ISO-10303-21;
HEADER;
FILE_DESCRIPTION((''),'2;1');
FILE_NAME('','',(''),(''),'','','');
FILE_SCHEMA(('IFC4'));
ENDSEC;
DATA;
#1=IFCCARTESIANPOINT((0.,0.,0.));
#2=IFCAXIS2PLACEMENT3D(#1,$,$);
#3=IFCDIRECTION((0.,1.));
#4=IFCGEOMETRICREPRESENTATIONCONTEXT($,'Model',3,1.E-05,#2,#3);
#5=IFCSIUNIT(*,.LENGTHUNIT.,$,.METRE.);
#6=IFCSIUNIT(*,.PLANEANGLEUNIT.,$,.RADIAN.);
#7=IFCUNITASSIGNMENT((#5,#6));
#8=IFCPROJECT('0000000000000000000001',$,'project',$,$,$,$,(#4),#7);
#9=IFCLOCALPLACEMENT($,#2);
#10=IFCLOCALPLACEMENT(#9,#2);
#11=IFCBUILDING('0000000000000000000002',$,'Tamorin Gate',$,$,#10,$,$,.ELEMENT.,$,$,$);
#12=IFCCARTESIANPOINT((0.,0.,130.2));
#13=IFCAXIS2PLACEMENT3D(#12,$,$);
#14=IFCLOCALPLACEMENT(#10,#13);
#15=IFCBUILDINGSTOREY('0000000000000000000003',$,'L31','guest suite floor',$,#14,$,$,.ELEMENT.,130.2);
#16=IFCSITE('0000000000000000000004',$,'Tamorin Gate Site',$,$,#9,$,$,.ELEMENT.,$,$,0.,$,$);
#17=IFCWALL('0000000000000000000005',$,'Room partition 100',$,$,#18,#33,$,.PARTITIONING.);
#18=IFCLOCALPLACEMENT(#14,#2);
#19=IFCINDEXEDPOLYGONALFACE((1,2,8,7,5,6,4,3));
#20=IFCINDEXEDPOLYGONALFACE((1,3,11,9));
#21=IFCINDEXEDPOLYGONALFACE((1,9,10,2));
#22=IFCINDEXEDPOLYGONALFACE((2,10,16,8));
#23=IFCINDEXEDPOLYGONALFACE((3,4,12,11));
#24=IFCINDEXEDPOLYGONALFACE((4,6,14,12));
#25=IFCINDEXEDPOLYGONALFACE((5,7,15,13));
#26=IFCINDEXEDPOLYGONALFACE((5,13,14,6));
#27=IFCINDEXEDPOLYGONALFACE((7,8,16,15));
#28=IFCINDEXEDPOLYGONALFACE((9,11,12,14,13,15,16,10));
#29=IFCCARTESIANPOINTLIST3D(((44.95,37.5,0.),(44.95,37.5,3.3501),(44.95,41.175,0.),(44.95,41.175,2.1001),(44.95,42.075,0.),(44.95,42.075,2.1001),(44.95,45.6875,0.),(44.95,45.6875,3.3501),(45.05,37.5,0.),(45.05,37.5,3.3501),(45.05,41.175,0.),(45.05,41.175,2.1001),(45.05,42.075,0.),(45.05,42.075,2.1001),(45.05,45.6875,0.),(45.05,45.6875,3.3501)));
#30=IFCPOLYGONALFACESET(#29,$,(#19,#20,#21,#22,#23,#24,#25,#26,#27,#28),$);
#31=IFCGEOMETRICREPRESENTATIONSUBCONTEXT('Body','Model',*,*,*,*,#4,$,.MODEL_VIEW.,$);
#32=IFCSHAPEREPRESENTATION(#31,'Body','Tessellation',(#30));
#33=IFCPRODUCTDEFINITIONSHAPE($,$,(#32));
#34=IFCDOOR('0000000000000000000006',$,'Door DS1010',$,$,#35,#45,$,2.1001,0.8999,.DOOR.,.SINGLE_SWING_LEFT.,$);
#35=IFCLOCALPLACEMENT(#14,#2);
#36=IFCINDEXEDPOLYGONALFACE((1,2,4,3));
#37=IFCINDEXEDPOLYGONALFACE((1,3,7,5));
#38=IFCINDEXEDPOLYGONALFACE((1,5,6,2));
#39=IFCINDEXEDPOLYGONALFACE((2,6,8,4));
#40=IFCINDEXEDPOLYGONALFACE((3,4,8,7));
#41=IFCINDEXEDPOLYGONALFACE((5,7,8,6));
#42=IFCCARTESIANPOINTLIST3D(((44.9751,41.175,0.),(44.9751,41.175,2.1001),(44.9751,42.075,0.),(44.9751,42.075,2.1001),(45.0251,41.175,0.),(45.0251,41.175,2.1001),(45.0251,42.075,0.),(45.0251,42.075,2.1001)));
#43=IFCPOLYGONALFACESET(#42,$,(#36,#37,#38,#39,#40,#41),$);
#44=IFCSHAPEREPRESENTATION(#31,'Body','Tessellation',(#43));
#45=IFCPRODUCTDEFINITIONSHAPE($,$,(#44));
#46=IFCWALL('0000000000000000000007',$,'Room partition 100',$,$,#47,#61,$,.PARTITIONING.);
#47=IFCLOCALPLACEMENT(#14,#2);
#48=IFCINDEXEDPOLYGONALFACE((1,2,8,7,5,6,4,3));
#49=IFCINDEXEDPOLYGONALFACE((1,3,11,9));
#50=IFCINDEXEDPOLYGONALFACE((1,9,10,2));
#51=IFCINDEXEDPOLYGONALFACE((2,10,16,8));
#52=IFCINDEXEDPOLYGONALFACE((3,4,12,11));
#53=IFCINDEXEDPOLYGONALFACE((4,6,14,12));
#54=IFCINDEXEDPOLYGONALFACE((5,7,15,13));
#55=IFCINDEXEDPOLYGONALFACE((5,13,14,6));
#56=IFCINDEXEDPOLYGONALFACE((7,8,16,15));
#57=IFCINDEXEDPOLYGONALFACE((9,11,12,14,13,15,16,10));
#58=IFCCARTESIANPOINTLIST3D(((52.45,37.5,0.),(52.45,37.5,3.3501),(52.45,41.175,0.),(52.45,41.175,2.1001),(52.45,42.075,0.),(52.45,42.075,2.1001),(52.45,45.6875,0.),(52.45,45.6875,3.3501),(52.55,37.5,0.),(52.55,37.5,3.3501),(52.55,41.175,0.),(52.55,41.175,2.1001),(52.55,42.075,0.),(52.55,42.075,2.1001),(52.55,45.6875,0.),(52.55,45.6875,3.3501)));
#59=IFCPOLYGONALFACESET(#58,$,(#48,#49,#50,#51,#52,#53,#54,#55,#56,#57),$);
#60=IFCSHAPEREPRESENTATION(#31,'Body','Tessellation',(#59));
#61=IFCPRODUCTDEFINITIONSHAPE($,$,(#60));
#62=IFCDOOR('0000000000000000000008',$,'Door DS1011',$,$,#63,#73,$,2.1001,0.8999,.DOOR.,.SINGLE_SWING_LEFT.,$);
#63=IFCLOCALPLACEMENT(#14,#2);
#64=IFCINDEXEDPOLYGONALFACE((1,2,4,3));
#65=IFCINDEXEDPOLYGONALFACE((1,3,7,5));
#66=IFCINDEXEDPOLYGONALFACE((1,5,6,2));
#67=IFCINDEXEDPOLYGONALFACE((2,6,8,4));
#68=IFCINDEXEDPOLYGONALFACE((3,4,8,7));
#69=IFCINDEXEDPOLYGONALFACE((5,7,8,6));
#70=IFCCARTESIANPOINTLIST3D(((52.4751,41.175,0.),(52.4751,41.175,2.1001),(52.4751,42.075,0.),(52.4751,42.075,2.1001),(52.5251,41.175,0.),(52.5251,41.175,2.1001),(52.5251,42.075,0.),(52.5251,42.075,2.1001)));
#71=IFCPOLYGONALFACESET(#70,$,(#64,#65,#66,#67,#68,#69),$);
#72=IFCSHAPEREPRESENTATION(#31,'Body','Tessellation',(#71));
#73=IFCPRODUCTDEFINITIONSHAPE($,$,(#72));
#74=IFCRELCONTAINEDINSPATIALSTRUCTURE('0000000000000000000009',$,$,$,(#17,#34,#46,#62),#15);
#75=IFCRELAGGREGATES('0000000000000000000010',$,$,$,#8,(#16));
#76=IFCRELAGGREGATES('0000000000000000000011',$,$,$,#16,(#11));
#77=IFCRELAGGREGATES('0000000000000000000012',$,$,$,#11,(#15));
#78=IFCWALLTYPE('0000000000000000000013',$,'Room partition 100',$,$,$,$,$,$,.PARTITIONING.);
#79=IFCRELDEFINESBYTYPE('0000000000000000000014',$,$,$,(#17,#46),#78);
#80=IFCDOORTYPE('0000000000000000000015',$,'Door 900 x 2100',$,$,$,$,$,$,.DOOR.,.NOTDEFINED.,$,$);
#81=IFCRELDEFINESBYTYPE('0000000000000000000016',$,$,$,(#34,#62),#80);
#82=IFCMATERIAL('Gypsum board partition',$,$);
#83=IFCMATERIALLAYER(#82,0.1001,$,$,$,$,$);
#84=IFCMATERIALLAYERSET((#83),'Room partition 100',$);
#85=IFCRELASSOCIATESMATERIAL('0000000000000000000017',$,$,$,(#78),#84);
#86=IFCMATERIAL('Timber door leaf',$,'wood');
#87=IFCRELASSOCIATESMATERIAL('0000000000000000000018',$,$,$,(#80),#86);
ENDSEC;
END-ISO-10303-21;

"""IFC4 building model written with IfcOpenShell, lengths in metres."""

from ifc_helpers import new_model, si_unit, direction, frame, frame_2d, origin, place, context, subcontext, project, spatial, rectangle, extrude, material, layer, layer_set, type_object, element, fill, save


model = new_model("IFC4")

# Units and contexts
model_context = context("Model", 3, precision=1e-05, world=origin(), true_north=direction((0.0, 1.0)))
body_context = subcontext(model_context, "Body", "Model", "MODEL_VIEW")
ifc_project = project(units=[si_unit("LENGTHUNIT", "METRE"), si_unit("PLANEANGLEUNIT", "RADIAN")], contexts=[model_context])

# Site, building, storey
site_placement = place(None, origin())
site = spatial("IfcSite", under=ifc_project, at=site_placement, Name="Tamorin Gate Site", CompositionType="ELEMENT", RefElevation=0.0)
building_placement = place(site_placement, origin())
building = spatial("IfcBuilding", under=site, at=building_placement, Name="Tamorin Gate", CompositionType="ELEMENT")
storey_placement = place(building_placement, frame((0.0, 0.0, 130.2)))
storey = spatial("IfcBuildingStorey", under=building, at=storey_placement, Name="L31", Description="guest suite floor", CompositionType="ELEMENT", Elevation=130.2)

# Shared definitions
ifc_material_1 = material(Name="Gypsum board partition")

# Walls, openings, doors
ifc_layer_1 = layer(ifc_material_1, 0.1001)
ifc_layer_set_1 = layer_set([ifc_layer_1], Name="Room partition 100")
wall_type_1 = type_object("IfcWallType", Name="Room partition 100", PredefinedType="PARTITIONING", material=ifc_layer_set_1)
wall_1_placement = place(storey_placement, frame((45.0, 37.5, 0.0), z_axis=(0.0, 0.0, 1.0), x_axis=(0.0, 1.0, 0.0)))
wall_1 = element("IfcWall", 1, at=wall_1_placement, inside=storey, type_object=wall_type_1, Name="Room partition 100", PredefinedType="PARTITIONING", context=body_context, shape_type="SweptSolid", body=[
    extrude(rectangle(XDim=8.1875, YDim=0.1001, at=frame_2d((4.0938, 0.0))), origin(), (0.0, 0.0, 1.0), 3.3501),
])
opening_1_placement = place(wall_1_placement, frame((3.675, 0.0, 0.0)))
opening_1 = element("IfcOpeningElement", 2, at=opening_1_placement, cuts=wall_1, PredefinedType="OPENING", context=body_context, shape_type="SweptSolid", body=[
    extrude(rectangle(XDim=0.8999, YDim=2.1001, at=frame_2d((0.45, 1.05))), frame((0.0, 0.0601, 0.0), z_axis=(0.0, -1.0, 0.0), x_axis=(1.0, 0.0, 0.0)), (0.0, 0.0, 1.0), 0.1201),
])
ifc_material_2 = material(Name="Timber door leaf", Category="wood")
door_type = type_object("IfcDoorType", Name="Door 900 x 2100", OperationType="NOTDEFINED", PredefinedType="DOOR", material=ifc_material_2)
door_1_placement = place(opening_1_placement, origin())
door_1 = element("IfcDoor", 3, at=door_1_placement, inside=storey, type_object=door_type, Name="Door DS1010", OperationType="SINGLE_SWING_LEFT", OverallHeight=2.1001, OverallWidth=0.8999, PredefinedType="DOOR", context=body_context, shape_type="SweptSolid", body=[
    extrude(rectangle(XDim=0.8999, YDim=2.1001, at=frame_2d((0.45, 1.05))), frame((0.0, 0.0249, 0.0), z_axis=(0.0, -1.0, 0.0), x_axis=(1.0, 0.0, 0.0)), (0.0, 0.0, 1.0), 0.05),
])
fill(opening_1, door_1)
wall_2_placement = place(storey_placement, frame((52.5, 37.5, 0.0), z_axis=(0.0, 0.0, 1.0), x_axis=(0.0, 1.0, 0.0)))
wall_2 = element("IfcWall", 4, at=wall_2_placement, inside=storey, type_object=wall_type_1, Name="Room partition 100", PredefinedType="PARTITIONING", context=body_context, shape_type="SweptSolid", body=[
    extrude(rectangle(XDim=8.1875, YDim=0.1001, at=frame_2d((4.0938, 0.0))), origin(), (0.0, 0.0, 1.0), 3.3501),
])
opening_2_placement = place(wall_2_placement, frame((3.675, 0.0, 0.0)))
opening_2 = element("IfcOpeningElement", 5, at=opening_2_placement, cuts=wall_2, PredefinedType="OPENING", context=body_context, shape_type="SweptSolid", body=[
    extrude(rectangle(XDim=0.8999, YDim=2.1001, at=frame_2d((0.45, 1.05))), frame((0.0, 0.0601, 0.0), z_axis=(0.0, -1.0, 0.0), x_axis=(1.0, 0.0, 0.0)), (0.0, 0.0, 1.0), 0.1201),
])
door_2_placement = place(opening_2_placement, origin())
door_2 = element("IfcDoor", 6, at=door_2_placement, inside=storey, type_object=door_type, Name="Door DS1011", OperationType="SINGLE_SWING_LEFT", OverallHeight=2.1001, OverallWidth=0.8999, PredefinedType="DOOR", context=body_context, shape_type="SweptSolid", body=[
    extrude(rectangle(XDim=0.8999, YDim=2.1001, at=frame_2d((0.45, 1.05))), frame((0.0, 0.0249, 0.0), z_axis=(0.0, -1.0, 0.0), x_axis=(1.0, 0.0, 0.0)), (0.0, 0.0, 1.0), 0.05),
])
fill(opening_2, door_2)

save(model, "model.ifc")
